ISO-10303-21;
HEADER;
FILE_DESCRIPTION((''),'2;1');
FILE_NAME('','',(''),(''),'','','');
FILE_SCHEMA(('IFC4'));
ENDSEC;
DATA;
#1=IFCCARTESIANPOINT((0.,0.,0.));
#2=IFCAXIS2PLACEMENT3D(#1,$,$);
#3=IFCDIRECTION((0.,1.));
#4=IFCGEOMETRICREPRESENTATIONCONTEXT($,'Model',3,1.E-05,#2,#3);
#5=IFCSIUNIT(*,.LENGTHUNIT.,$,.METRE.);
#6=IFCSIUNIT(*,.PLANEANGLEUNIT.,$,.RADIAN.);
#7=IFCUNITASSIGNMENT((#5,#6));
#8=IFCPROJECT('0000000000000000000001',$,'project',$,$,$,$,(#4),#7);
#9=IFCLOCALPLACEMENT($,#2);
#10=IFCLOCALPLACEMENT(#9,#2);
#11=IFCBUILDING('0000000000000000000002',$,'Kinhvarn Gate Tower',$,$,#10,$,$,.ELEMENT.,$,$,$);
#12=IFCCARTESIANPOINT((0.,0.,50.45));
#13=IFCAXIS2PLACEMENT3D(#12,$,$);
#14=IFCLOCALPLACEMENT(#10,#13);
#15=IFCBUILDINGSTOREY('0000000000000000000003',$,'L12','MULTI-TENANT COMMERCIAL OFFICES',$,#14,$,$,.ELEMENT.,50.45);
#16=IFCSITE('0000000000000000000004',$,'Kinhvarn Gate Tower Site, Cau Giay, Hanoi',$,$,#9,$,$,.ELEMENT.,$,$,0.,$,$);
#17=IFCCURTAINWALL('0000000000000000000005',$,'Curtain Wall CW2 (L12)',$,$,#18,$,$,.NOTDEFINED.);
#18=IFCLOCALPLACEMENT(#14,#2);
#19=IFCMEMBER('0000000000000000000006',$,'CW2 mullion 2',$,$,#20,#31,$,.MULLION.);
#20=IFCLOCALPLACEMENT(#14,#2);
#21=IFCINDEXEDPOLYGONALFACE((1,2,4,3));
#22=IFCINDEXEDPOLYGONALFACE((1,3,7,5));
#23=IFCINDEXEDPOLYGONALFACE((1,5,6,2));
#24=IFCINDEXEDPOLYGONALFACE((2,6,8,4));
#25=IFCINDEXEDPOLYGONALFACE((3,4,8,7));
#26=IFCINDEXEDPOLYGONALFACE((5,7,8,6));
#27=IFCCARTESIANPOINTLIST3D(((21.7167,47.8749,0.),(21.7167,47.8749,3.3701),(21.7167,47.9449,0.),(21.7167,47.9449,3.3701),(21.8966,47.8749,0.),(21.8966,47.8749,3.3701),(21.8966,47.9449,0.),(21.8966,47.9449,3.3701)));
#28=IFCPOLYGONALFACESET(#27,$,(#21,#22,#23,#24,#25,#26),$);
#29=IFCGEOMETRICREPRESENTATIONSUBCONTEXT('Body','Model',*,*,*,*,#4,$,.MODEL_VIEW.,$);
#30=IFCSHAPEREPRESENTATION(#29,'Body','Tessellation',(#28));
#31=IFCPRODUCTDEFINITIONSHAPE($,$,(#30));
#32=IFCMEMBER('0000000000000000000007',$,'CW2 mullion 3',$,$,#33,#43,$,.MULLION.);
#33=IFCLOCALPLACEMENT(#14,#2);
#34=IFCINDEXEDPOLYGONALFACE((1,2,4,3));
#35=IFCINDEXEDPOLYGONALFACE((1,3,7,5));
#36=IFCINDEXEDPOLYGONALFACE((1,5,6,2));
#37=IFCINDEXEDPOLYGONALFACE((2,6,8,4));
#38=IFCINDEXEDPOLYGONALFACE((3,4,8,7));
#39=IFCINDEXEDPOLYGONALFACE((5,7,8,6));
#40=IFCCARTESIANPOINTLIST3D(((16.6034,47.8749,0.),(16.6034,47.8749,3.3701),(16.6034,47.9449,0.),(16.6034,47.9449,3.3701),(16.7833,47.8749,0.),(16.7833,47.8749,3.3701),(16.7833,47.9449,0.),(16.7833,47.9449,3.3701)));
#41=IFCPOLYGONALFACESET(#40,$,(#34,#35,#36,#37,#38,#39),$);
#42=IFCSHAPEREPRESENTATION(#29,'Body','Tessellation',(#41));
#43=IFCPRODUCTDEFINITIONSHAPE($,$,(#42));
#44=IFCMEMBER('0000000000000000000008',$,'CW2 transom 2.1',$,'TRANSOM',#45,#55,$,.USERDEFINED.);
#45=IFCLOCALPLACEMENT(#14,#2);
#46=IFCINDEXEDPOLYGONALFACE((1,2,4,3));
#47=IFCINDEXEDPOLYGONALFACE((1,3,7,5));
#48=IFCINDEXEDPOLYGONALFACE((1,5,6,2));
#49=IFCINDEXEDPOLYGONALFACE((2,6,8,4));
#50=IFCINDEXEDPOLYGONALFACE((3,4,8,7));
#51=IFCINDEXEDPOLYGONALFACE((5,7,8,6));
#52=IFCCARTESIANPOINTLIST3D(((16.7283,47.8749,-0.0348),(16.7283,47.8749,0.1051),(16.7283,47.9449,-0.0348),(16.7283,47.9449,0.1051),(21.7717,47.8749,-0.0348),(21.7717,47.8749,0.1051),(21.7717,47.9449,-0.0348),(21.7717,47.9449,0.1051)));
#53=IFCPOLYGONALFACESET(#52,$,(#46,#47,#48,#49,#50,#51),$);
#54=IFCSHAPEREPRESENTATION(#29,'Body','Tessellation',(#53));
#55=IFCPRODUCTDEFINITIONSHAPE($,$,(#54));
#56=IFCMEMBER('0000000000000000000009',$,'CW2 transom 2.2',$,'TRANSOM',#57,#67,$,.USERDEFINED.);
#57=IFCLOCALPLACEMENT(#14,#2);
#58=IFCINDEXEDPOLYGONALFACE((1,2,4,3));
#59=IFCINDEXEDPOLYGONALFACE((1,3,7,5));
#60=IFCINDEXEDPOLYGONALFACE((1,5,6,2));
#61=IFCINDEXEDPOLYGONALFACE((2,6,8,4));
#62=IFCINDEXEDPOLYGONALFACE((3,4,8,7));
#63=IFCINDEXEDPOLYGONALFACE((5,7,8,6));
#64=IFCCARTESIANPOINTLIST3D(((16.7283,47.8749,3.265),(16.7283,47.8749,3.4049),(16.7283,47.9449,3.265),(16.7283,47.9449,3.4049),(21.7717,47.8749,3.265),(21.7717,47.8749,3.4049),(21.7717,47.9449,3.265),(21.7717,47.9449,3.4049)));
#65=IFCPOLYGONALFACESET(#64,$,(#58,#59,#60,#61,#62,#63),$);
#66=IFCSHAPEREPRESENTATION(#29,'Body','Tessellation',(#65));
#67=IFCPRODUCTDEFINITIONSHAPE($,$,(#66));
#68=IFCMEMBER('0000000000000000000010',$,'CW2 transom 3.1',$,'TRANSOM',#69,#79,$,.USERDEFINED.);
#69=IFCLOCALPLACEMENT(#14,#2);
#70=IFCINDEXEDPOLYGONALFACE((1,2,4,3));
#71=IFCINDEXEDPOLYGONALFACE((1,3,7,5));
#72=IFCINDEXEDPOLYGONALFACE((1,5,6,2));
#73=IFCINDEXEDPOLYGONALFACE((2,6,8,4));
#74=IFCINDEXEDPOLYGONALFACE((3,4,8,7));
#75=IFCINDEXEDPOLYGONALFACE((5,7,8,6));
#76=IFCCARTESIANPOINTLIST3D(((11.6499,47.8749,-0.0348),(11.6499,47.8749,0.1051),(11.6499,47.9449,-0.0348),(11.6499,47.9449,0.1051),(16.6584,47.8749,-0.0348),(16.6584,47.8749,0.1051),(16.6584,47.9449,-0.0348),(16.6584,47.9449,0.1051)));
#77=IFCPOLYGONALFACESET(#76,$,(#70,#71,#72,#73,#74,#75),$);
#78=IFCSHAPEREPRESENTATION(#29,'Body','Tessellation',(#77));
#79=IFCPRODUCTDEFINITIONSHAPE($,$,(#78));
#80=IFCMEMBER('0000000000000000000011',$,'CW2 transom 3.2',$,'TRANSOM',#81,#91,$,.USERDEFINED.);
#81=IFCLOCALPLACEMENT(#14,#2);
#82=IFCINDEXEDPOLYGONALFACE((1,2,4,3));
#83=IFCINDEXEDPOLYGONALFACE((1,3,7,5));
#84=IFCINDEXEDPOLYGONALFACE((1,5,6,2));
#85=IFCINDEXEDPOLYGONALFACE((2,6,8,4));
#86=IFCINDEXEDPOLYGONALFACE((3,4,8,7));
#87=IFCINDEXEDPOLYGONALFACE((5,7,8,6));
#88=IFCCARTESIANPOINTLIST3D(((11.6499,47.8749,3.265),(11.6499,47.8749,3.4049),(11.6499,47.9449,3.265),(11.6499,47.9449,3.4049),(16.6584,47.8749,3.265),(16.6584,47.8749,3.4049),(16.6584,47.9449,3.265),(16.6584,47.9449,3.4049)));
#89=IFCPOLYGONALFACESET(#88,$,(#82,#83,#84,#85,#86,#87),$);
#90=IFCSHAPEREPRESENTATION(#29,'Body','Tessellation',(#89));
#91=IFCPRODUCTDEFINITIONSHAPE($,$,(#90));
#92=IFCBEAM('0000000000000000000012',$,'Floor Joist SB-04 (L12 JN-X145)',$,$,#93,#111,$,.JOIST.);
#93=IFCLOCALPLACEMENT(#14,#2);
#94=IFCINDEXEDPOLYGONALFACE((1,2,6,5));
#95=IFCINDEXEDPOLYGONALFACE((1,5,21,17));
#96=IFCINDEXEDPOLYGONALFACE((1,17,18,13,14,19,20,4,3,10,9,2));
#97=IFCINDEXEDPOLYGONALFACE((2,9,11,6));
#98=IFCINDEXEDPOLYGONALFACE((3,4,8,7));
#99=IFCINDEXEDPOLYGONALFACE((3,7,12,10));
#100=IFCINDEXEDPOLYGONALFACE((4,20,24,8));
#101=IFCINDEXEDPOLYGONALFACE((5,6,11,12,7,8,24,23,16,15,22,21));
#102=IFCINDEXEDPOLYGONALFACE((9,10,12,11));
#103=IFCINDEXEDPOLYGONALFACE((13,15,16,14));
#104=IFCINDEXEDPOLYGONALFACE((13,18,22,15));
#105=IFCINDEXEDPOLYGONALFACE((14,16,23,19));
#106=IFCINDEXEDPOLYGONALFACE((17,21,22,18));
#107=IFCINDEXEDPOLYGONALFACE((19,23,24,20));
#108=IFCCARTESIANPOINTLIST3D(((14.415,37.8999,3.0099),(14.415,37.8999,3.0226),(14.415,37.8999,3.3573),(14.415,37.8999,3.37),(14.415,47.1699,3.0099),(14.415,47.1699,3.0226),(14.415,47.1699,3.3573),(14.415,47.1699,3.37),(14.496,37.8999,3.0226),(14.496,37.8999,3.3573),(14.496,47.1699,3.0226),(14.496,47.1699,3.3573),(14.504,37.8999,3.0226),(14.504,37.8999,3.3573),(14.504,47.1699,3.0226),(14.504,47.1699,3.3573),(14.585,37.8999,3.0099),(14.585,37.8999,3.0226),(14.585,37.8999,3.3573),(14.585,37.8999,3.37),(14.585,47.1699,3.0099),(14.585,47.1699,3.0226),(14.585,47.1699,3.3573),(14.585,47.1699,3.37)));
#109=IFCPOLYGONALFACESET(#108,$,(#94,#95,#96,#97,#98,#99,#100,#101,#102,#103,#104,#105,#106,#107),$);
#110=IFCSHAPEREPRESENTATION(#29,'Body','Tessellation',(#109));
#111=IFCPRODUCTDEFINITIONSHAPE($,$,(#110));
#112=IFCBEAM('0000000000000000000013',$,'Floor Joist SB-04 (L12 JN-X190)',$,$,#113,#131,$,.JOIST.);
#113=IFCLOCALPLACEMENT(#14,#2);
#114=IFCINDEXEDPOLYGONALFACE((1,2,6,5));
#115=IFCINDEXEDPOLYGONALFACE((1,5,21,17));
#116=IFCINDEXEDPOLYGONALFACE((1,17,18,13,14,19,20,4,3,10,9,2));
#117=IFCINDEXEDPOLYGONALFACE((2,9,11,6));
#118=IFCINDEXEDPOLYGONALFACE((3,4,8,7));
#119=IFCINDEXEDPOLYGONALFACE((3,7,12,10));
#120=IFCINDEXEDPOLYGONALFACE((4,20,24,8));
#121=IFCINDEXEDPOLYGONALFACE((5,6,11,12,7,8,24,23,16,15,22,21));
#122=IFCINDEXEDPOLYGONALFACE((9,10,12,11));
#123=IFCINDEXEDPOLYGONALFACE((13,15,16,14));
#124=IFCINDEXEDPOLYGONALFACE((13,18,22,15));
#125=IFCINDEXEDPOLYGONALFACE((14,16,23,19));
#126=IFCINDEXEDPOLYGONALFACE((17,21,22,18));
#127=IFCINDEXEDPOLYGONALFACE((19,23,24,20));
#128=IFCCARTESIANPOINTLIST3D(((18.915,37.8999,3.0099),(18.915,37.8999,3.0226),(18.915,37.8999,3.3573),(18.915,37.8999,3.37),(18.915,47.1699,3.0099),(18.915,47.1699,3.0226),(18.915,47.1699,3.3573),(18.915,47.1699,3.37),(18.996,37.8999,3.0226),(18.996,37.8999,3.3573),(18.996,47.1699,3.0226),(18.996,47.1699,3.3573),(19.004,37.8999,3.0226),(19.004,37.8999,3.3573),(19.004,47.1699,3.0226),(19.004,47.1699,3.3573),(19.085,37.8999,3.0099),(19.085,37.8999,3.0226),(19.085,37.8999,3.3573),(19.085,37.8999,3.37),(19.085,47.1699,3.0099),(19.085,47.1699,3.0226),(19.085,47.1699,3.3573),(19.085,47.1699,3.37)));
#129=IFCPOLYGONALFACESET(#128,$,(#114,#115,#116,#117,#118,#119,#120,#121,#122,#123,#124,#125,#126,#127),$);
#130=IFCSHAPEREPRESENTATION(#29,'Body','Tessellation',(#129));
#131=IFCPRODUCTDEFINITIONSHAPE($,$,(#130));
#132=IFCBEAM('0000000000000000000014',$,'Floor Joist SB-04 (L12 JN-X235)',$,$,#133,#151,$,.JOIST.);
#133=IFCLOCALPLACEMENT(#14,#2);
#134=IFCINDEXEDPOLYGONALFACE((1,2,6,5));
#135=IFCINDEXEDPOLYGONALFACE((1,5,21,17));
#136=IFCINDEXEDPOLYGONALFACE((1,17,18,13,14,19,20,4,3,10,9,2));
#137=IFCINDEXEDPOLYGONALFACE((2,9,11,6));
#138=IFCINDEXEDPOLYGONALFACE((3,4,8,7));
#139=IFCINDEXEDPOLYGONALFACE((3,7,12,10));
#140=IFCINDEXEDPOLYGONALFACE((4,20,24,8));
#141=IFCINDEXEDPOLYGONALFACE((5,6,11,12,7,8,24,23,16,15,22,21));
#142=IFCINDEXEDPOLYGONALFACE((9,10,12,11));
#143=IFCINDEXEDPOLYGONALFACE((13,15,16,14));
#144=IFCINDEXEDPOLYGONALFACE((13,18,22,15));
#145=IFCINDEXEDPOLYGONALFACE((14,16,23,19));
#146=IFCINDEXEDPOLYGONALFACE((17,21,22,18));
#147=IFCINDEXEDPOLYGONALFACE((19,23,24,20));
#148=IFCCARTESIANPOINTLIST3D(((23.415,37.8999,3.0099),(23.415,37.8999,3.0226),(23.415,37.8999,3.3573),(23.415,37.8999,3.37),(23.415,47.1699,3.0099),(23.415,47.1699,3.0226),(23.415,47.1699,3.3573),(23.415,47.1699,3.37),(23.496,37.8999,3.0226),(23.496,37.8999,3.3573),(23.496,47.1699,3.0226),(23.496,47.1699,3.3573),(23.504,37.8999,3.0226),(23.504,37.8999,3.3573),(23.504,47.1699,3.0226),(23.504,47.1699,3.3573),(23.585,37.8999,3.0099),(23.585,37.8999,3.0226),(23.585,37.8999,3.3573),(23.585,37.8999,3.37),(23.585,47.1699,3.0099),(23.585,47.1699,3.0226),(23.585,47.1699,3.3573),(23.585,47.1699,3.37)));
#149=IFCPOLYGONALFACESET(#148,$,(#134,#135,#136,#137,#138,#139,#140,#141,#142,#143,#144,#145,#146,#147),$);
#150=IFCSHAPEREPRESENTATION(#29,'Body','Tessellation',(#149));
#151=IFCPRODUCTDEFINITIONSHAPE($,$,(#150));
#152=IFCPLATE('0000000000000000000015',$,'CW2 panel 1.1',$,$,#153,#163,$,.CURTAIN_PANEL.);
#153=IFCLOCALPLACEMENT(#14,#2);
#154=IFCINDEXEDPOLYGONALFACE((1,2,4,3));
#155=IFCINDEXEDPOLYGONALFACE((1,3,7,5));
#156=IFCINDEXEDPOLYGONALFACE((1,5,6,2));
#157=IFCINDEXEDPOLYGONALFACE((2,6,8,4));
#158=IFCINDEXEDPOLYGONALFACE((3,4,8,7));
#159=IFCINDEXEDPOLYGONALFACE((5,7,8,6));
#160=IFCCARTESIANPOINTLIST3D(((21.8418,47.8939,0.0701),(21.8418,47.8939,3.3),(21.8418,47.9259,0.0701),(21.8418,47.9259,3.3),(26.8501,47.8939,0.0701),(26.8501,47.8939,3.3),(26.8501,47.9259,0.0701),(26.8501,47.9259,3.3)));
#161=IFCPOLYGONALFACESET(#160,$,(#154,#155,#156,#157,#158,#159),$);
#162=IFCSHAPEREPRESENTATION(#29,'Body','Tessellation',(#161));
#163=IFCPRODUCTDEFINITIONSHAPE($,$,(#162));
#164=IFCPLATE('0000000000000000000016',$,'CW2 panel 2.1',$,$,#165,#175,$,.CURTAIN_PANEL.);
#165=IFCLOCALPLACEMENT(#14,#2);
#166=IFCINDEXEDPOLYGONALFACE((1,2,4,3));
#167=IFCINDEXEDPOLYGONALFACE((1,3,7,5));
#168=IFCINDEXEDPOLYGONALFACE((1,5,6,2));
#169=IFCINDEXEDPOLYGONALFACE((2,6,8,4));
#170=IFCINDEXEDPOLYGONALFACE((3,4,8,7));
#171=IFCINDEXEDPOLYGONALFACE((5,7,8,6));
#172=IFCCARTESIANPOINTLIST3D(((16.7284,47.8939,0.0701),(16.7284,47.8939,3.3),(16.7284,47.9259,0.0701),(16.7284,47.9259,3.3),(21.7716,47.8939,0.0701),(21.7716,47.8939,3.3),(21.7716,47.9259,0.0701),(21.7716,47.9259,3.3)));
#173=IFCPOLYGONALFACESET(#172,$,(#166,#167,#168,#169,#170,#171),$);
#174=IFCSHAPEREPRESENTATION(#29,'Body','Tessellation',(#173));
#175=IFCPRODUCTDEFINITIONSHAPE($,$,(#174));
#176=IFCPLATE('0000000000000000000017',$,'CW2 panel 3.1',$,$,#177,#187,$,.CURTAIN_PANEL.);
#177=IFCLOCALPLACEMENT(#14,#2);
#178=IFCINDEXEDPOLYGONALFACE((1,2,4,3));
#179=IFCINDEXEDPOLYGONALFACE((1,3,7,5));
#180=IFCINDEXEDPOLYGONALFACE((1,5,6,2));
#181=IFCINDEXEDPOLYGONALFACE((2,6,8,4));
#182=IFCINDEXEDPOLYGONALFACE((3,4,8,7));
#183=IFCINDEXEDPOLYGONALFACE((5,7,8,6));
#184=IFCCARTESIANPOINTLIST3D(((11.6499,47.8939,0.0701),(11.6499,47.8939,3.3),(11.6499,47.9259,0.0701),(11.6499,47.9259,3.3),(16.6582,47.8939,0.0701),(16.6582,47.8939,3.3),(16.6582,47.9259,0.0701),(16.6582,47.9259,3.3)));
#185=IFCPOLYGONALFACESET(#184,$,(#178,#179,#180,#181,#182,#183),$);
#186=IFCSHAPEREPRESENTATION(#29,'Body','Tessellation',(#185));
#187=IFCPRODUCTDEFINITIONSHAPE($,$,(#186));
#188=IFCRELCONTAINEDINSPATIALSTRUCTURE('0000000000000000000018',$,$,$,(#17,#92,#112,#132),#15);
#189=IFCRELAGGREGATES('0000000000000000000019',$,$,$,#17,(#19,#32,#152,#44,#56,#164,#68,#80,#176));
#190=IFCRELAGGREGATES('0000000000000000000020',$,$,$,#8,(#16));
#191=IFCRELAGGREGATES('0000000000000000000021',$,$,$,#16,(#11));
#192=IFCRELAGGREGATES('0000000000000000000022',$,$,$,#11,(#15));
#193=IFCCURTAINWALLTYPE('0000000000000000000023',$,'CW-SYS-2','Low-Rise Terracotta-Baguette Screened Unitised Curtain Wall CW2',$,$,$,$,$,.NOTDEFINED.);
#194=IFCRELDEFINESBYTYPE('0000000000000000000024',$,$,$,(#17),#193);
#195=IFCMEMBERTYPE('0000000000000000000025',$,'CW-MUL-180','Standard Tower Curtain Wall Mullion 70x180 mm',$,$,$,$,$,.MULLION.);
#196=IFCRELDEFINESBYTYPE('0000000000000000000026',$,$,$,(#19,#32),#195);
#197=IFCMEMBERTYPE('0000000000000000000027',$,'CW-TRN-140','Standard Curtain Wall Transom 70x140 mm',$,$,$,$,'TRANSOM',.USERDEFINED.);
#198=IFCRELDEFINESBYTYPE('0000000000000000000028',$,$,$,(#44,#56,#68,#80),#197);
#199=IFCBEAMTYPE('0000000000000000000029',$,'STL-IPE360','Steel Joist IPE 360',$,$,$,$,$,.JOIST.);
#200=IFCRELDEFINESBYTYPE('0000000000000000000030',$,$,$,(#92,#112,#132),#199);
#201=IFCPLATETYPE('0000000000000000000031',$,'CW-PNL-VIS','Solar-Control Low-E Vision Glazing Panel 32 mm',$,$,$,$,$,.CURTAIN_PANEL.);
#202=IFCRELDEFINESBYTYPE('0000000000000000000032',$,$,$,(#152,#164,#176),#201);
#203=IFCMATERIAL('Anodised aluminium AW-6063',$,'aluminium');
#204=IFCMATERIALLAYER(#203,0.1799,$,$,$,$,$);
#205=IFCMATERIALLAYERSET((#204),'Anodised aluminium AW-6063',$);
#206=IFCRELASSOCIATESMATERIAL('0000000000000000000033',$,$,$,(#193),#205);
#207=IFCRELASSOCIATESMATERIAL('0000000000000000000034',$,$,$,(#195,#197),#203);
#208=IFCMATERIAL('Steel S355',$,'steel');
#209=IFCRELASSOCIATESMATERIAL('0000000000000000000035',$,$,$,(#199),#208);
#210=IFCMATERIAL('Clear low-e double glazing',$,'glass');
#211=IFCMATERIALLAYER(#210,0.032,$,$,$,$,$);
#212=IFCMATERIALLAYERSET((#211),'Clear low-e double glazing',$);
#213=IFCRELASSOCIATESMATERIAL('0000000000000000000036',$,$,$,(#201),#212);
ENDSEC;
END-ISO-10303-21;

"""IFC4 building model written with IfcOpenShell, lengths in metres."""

from ifc_helpers import new_model, si_unit, direction, frame, origin, origin_2d, place, context, subcontext, project, spatial, rectangle, i_section, extrude, material, layer, layer_set, material_profile, profile_set, type_object, element, aggregate, save


model = new_model("IFC4")

# Units and contexts
model_context = context("Model", 3, precision=1e-05, world=origin(), true_north=direction((0.0, 1.0)))
body_context = subcontext(model_context, "Body", "Model", "MODEL_VIEW")
ifc_project = project(units=[si_unit("LENGTHUNIT", "METRE"), si_unit("PLANEANGLEUNIT", "RADIAN")], contexts=[model_context])

# Site, building, storey
site_placement = place(None, origin())
site = spatial("IfcSite", under=ifc_project, at=site_placement, Name="Kinhvarn Gate Tower Site, Cau Giay, Hanoi", CompositionType="ELEMENT", RefElevation=0.0)
building_placement = place(site_placement, origin())
building = spatial("IfcBuilding", under=site, at=building_placement, Name="Kinhvarn Gate Tower", CompositionType="ELEMENT")
storey_placement = place(building_placement, frame((0.0, 0.0, 50.45)))
storey = spatial("IfcBuildingStorey", under=building, at=storey_placement, Name="L12", Description="MULTI-TENANT COMMERCIAL OFFICES", CompositionType="ELEMENT", Elevation=50.45)

# Curtain wall, members
ifc_material_1 = material(Name="Anodised aluminium AW-6063", Category="aluminium")
ifc_layer_1 = layer(ifc_material_1, 0.1799)
ifc_layer_set_1 = layer_set([ifc_layer_1], Name="Anodised aluminium AW-6063")
curtain_wall_type = type_object("IfcCurtainWallType", Name="CW-SYS-2", Description="Low-Rise Terracotta-Baguette Screened Unitised Curtain Wall CW2", PredefinedType="NOTDEFINED", material=ifc_layer_set_1)
curtain_wall_placement = place(storey_placement, origin())
curtain_wall = element("IfcCurtainWall", 1, at=curtain_wall_placement, inside=storey, type_object=curtain_wall_type, Name="Curtain Wall CW2 (L12)", PredefinedType="NOTDEFINED")
ifc_material_profile_1 = material_profile(ifc_material_1, rectangle(XDim=0.0701, YDim=0.1799, at=origin_2d()), Name="ALU 70x180")
ifc_profile_set_1 = profile_set([ifc_material_profile_1], Name="Anodised aluminium AW-6063")
member_type_1 = type_object("IfcMemberType", Name="CW-MUL-180", Description="Standard Tower Curtain Wall Mullion 70x180 mm", PredefinedType="MULLION", material=ifc_profile_set_1)
member_1_placement = place(storey_placement, frame((21.8066, 47.9099, 0.0), z_axis=(0.0, 0.0, 1.0), x_axis=(0.0, -1.0, 0.0)))
member_1 = element("IfcMember", 2, at=member_1_placement, type_object=member_type_1, Name="CW2 mullion 2", PredefinedType="MULLION", context=body_context, shape_type="SweptSolid", body=[
    extrude(rectangle(XDim=0.0701, YDim=0.1799, at=origin_2d()), origin(), (0.0, 0.0, 1.0), 3.3701),
])
member_2_placement = place(storey_placement, frame((16.6934, 47.9099, 0.0), z_axis=(0.0, 0.0, 1.0), x_axis=(0.0, -1.0, 0.0)))
member_2 = element("IfcMember", 3, at=member_2_placement, type_object=member_type_1, Name="CW2 mullion 3", PredefinedType="MULLION", context=body_context, shape_type="SweptSolid", body=[
    extrude(rectangle(XDim=0.0701, YDim=0.1799, at=origin_2d()), origin(), (0.0, 0.0, 1.0), 3.3701),
])
ifc_material_profile_2 = material_profile(ifc_material_1, rectangle(XDim=0.0701, YDim=0.1399, at=origin_2d()), Name="ALU 70x140")
ifc_profile_set_2 = profile_set([ifc_material_profile_2], Name="Anodised aluminium AW-6063")
member_type_2 = type_object("IfcMemberType", Name="CW-TRN-140", Description="Standard Curtain Wall Transom 70x140 mm", ElementType="TRANSOM", PredefinedType="USERDEFINED", material=ifc_profile_set_2)
member_3_placement = place(storey_placement, frame((21.7717, 47.9099, 0.0352), z_axis=(-1.0, 0.0, 0.0), x_axis=(0.0, -1.0, 0.0)))
member_3 = element("IfcMember", 4, at=member_3_placement, type_object=member_type_2, Name="CW2 transom 2.1", ObjectType="TRANSOM", PredefinedType="USERDEFINED", context=body_context, shape_type="SweptSolid", body=[
    extrude(rectangle(XDim=0.0701, YDim=0.1399, at=origin_2d()), origin(), (0.0, 0.0, 1.0), 5.0435),
])
member_4_placement = place(storey_placement, frame((21.7717, 47.9099, 3.335), z_axis=(-1.0, 0.0, 0.0), x_axis=(0.0, -1.0, 0.0)))
member_4 = element("IfcMember", 5, at=member_4_placement, type_object=member_type_2, Name="CW2 transom 2.2", ObjectType="TRANSOM", PredefinedType="USERDEFINED", context=body_context, shape_type="SweptSolid", body=[
    extrude(rectangle(XDim=0.0701, YDim=0.1399, at=origin_2d()), origin(), (0.0, 0.0, 1.0), 5.0435),
])
member_5_placement = place(storey_placement, frame((16.6584, 47.9099, 0.0352), z_axis=(-1.0, 0.0, 0.0), x_axis=(0.0, -1.0, 0.0)))
member_5 = element("IfcMember", 6, at=member_5_placement, type_object=member_type_2, Name="CW2 transom 3.1", ObjectType="TRANSOM", PredefinedType="USERDEFINED", context=body_context, shape_type="SweptSolid", body=[
    extrude(rectangle(XDim=0.0701, YDim=0.1399, at=origin_2d()), origin(), (0.0, 0.0, 1.0), 5.0085),
])
member_6_placement = place(storey_placement, frame((16.6584, 47.9099, 3.335), z_axis=(-1.0, 0.0, 0.0), x_axis=(0.0, -1.0, 0.0)))
member_6 = element("IfcMember", 7, at=member_6_placement, type_object=member_type_2, Name="CW2 transom 3.2", ObjectType="TRANSOM", PredefinedType="USERDEFINED", context=body_context, shape_type="SweptSolid", body=[
    extrude(rectangle(XDim=0.0701, YDim=0.1399, at=origin_2d()), origin(), (0.0, 0.0, 1.0), 5.0085),
])

# Beams
ifc_material_2 = material(Name="Steel S355", Category="steel")
ifc_material_profile_3 = material_profile(ifc_material_2, i_section(OverallWidth=0.1699, OverallDepth=0.3601, WebThickness=0.0081, FlangeThickness=0.0127, at=origin_2d()), Name="IPE 360")
ifc_profile_set_3 = profile_set([ifc_material_profile_3], Name="Steel S355")
beam_type = type_object("IfcBeamType", Name="STL-IPE360", Description="Steel Joist IPE 360", PredefinedType="JOIST", material=ifc_profile_set_3)
for number, where, z_axis, x_axis, name in (
    (8, (14.5, 37.8999, 3.1899), (0.0, 1.0, 0.0), (-1.0, 0.0, 0.0), "Floor Joist SB-04 (L12 JN-X145)"),
    (9, (19.0, 37.8999, 3.1899), (0.0, 1.0, 0.0), (-1.0, 0.0, 0.0), "Floor Joist SB-04 (L12 JN-X190)"),
    (10, (23.5, 37.8999, 3.1899), (0.0, 1.0, 0.0), (-1.0, 0.0, 0.0), "Floor Joist SB-04 (L12 JN-X235)"),
):
    element("IfcBeam", number, at=place(storey_placement, frame(where, z_axis=z_axis, x_axis=x_axis)), inside=storey, type_object=beam_type, Name=name, PredefinedType="JOIST", context=body_context, shape_type="SweptSolid", body=[
        extrude(i_section(OverallWidth=0.1699, OverallDepth=0.3601, WebThickness=0.0081, FlangeThickness=0.0127, at=origin_2d()), origin(), (0.0, 0.0, 1.0), 9.27),
    ])

# Plates
ifc_material_3 = material(Name="Clear low-e double glazing", Category="glass")
ifc_layer_2 = layer(ifc_material_3, 0.032)
ifc_layer_set_2 = layer_set([ifc_layer_2], Name="Clear low-e double glazing")
plate_type = type_object("IfcPlateType", Name="CW-PNL-VIS", Description="Solar-Control Low-E Vision Glazing Panel 32 mm", PredefinedType="CURTAIN_PANEL", material=ifc_layer_set_2)
plate_1_placement = place(storey_placement, frame((24.3459, 47.9099, 0.0701), z_axis=(0.0, 0.0, 1.0), x_axis=(-1.0, 0.0, 0.0)))
plate_1 = element("IfcPlate", 11, at=plate_1_placement, type_object=plate_type, Name="CW2 panel 1.1", PredefinedType="CURTAIN_PANEL", context=body_context, shape_type="SweptSolid", body=[
    extrude(rectangle(XDim=5.0083, YDim=0.032, at=origin_2d()), origin(), (0.0, 0.0, 1.0), 3.23),
])
plate_2_placement = place(storey_placement, frame((19.25, 47.9099, 0.0701), z_axis=(0.0, 0.0, 1.0), x_axis=(-1.0, 0.0, 0.0)))
plate_2 = element("IfcPlate", 12, at=plate_2_placement, type_object=plate_type, Name="CW2 panel 2.1", PredefinedType="CURTAIN_PANEL", context=body_context, shape_type="SweptSolid", body=[
    extrude(rectangle(XDim=5.0432, YDim=0.032, at=origin_2d()), origin(), (0.0, 0.0, 1.0), 3.23),
])
plate_3_placement = place(storey_placement, frame((14.1541, 47.9099, 0.0701), z_axis=(0.0, 0.0, 1.0), x_axis=(-1.0, 0.0, 0.0)))
plate_3 = element("IfcPlate", 13, at=plate_3_placement, type_object=plate_type, Name="CW2 panel 3.1", PredefinedType="CURTAIN_PANEL", context=body_context, shape_type="SweptSolid", body=[
    extrude(rectangle(XDim=5.0083, YDim=0.032, at=origin_2d()), origin(), (0.0, 0.0, 1.0), 3.23),
])
aggregate(curtain_wall, [member_1, member_2, plate_1, member_3, member_4, plate_2, member_5, member_6, plate_3])

save(model, "model.ifc")
